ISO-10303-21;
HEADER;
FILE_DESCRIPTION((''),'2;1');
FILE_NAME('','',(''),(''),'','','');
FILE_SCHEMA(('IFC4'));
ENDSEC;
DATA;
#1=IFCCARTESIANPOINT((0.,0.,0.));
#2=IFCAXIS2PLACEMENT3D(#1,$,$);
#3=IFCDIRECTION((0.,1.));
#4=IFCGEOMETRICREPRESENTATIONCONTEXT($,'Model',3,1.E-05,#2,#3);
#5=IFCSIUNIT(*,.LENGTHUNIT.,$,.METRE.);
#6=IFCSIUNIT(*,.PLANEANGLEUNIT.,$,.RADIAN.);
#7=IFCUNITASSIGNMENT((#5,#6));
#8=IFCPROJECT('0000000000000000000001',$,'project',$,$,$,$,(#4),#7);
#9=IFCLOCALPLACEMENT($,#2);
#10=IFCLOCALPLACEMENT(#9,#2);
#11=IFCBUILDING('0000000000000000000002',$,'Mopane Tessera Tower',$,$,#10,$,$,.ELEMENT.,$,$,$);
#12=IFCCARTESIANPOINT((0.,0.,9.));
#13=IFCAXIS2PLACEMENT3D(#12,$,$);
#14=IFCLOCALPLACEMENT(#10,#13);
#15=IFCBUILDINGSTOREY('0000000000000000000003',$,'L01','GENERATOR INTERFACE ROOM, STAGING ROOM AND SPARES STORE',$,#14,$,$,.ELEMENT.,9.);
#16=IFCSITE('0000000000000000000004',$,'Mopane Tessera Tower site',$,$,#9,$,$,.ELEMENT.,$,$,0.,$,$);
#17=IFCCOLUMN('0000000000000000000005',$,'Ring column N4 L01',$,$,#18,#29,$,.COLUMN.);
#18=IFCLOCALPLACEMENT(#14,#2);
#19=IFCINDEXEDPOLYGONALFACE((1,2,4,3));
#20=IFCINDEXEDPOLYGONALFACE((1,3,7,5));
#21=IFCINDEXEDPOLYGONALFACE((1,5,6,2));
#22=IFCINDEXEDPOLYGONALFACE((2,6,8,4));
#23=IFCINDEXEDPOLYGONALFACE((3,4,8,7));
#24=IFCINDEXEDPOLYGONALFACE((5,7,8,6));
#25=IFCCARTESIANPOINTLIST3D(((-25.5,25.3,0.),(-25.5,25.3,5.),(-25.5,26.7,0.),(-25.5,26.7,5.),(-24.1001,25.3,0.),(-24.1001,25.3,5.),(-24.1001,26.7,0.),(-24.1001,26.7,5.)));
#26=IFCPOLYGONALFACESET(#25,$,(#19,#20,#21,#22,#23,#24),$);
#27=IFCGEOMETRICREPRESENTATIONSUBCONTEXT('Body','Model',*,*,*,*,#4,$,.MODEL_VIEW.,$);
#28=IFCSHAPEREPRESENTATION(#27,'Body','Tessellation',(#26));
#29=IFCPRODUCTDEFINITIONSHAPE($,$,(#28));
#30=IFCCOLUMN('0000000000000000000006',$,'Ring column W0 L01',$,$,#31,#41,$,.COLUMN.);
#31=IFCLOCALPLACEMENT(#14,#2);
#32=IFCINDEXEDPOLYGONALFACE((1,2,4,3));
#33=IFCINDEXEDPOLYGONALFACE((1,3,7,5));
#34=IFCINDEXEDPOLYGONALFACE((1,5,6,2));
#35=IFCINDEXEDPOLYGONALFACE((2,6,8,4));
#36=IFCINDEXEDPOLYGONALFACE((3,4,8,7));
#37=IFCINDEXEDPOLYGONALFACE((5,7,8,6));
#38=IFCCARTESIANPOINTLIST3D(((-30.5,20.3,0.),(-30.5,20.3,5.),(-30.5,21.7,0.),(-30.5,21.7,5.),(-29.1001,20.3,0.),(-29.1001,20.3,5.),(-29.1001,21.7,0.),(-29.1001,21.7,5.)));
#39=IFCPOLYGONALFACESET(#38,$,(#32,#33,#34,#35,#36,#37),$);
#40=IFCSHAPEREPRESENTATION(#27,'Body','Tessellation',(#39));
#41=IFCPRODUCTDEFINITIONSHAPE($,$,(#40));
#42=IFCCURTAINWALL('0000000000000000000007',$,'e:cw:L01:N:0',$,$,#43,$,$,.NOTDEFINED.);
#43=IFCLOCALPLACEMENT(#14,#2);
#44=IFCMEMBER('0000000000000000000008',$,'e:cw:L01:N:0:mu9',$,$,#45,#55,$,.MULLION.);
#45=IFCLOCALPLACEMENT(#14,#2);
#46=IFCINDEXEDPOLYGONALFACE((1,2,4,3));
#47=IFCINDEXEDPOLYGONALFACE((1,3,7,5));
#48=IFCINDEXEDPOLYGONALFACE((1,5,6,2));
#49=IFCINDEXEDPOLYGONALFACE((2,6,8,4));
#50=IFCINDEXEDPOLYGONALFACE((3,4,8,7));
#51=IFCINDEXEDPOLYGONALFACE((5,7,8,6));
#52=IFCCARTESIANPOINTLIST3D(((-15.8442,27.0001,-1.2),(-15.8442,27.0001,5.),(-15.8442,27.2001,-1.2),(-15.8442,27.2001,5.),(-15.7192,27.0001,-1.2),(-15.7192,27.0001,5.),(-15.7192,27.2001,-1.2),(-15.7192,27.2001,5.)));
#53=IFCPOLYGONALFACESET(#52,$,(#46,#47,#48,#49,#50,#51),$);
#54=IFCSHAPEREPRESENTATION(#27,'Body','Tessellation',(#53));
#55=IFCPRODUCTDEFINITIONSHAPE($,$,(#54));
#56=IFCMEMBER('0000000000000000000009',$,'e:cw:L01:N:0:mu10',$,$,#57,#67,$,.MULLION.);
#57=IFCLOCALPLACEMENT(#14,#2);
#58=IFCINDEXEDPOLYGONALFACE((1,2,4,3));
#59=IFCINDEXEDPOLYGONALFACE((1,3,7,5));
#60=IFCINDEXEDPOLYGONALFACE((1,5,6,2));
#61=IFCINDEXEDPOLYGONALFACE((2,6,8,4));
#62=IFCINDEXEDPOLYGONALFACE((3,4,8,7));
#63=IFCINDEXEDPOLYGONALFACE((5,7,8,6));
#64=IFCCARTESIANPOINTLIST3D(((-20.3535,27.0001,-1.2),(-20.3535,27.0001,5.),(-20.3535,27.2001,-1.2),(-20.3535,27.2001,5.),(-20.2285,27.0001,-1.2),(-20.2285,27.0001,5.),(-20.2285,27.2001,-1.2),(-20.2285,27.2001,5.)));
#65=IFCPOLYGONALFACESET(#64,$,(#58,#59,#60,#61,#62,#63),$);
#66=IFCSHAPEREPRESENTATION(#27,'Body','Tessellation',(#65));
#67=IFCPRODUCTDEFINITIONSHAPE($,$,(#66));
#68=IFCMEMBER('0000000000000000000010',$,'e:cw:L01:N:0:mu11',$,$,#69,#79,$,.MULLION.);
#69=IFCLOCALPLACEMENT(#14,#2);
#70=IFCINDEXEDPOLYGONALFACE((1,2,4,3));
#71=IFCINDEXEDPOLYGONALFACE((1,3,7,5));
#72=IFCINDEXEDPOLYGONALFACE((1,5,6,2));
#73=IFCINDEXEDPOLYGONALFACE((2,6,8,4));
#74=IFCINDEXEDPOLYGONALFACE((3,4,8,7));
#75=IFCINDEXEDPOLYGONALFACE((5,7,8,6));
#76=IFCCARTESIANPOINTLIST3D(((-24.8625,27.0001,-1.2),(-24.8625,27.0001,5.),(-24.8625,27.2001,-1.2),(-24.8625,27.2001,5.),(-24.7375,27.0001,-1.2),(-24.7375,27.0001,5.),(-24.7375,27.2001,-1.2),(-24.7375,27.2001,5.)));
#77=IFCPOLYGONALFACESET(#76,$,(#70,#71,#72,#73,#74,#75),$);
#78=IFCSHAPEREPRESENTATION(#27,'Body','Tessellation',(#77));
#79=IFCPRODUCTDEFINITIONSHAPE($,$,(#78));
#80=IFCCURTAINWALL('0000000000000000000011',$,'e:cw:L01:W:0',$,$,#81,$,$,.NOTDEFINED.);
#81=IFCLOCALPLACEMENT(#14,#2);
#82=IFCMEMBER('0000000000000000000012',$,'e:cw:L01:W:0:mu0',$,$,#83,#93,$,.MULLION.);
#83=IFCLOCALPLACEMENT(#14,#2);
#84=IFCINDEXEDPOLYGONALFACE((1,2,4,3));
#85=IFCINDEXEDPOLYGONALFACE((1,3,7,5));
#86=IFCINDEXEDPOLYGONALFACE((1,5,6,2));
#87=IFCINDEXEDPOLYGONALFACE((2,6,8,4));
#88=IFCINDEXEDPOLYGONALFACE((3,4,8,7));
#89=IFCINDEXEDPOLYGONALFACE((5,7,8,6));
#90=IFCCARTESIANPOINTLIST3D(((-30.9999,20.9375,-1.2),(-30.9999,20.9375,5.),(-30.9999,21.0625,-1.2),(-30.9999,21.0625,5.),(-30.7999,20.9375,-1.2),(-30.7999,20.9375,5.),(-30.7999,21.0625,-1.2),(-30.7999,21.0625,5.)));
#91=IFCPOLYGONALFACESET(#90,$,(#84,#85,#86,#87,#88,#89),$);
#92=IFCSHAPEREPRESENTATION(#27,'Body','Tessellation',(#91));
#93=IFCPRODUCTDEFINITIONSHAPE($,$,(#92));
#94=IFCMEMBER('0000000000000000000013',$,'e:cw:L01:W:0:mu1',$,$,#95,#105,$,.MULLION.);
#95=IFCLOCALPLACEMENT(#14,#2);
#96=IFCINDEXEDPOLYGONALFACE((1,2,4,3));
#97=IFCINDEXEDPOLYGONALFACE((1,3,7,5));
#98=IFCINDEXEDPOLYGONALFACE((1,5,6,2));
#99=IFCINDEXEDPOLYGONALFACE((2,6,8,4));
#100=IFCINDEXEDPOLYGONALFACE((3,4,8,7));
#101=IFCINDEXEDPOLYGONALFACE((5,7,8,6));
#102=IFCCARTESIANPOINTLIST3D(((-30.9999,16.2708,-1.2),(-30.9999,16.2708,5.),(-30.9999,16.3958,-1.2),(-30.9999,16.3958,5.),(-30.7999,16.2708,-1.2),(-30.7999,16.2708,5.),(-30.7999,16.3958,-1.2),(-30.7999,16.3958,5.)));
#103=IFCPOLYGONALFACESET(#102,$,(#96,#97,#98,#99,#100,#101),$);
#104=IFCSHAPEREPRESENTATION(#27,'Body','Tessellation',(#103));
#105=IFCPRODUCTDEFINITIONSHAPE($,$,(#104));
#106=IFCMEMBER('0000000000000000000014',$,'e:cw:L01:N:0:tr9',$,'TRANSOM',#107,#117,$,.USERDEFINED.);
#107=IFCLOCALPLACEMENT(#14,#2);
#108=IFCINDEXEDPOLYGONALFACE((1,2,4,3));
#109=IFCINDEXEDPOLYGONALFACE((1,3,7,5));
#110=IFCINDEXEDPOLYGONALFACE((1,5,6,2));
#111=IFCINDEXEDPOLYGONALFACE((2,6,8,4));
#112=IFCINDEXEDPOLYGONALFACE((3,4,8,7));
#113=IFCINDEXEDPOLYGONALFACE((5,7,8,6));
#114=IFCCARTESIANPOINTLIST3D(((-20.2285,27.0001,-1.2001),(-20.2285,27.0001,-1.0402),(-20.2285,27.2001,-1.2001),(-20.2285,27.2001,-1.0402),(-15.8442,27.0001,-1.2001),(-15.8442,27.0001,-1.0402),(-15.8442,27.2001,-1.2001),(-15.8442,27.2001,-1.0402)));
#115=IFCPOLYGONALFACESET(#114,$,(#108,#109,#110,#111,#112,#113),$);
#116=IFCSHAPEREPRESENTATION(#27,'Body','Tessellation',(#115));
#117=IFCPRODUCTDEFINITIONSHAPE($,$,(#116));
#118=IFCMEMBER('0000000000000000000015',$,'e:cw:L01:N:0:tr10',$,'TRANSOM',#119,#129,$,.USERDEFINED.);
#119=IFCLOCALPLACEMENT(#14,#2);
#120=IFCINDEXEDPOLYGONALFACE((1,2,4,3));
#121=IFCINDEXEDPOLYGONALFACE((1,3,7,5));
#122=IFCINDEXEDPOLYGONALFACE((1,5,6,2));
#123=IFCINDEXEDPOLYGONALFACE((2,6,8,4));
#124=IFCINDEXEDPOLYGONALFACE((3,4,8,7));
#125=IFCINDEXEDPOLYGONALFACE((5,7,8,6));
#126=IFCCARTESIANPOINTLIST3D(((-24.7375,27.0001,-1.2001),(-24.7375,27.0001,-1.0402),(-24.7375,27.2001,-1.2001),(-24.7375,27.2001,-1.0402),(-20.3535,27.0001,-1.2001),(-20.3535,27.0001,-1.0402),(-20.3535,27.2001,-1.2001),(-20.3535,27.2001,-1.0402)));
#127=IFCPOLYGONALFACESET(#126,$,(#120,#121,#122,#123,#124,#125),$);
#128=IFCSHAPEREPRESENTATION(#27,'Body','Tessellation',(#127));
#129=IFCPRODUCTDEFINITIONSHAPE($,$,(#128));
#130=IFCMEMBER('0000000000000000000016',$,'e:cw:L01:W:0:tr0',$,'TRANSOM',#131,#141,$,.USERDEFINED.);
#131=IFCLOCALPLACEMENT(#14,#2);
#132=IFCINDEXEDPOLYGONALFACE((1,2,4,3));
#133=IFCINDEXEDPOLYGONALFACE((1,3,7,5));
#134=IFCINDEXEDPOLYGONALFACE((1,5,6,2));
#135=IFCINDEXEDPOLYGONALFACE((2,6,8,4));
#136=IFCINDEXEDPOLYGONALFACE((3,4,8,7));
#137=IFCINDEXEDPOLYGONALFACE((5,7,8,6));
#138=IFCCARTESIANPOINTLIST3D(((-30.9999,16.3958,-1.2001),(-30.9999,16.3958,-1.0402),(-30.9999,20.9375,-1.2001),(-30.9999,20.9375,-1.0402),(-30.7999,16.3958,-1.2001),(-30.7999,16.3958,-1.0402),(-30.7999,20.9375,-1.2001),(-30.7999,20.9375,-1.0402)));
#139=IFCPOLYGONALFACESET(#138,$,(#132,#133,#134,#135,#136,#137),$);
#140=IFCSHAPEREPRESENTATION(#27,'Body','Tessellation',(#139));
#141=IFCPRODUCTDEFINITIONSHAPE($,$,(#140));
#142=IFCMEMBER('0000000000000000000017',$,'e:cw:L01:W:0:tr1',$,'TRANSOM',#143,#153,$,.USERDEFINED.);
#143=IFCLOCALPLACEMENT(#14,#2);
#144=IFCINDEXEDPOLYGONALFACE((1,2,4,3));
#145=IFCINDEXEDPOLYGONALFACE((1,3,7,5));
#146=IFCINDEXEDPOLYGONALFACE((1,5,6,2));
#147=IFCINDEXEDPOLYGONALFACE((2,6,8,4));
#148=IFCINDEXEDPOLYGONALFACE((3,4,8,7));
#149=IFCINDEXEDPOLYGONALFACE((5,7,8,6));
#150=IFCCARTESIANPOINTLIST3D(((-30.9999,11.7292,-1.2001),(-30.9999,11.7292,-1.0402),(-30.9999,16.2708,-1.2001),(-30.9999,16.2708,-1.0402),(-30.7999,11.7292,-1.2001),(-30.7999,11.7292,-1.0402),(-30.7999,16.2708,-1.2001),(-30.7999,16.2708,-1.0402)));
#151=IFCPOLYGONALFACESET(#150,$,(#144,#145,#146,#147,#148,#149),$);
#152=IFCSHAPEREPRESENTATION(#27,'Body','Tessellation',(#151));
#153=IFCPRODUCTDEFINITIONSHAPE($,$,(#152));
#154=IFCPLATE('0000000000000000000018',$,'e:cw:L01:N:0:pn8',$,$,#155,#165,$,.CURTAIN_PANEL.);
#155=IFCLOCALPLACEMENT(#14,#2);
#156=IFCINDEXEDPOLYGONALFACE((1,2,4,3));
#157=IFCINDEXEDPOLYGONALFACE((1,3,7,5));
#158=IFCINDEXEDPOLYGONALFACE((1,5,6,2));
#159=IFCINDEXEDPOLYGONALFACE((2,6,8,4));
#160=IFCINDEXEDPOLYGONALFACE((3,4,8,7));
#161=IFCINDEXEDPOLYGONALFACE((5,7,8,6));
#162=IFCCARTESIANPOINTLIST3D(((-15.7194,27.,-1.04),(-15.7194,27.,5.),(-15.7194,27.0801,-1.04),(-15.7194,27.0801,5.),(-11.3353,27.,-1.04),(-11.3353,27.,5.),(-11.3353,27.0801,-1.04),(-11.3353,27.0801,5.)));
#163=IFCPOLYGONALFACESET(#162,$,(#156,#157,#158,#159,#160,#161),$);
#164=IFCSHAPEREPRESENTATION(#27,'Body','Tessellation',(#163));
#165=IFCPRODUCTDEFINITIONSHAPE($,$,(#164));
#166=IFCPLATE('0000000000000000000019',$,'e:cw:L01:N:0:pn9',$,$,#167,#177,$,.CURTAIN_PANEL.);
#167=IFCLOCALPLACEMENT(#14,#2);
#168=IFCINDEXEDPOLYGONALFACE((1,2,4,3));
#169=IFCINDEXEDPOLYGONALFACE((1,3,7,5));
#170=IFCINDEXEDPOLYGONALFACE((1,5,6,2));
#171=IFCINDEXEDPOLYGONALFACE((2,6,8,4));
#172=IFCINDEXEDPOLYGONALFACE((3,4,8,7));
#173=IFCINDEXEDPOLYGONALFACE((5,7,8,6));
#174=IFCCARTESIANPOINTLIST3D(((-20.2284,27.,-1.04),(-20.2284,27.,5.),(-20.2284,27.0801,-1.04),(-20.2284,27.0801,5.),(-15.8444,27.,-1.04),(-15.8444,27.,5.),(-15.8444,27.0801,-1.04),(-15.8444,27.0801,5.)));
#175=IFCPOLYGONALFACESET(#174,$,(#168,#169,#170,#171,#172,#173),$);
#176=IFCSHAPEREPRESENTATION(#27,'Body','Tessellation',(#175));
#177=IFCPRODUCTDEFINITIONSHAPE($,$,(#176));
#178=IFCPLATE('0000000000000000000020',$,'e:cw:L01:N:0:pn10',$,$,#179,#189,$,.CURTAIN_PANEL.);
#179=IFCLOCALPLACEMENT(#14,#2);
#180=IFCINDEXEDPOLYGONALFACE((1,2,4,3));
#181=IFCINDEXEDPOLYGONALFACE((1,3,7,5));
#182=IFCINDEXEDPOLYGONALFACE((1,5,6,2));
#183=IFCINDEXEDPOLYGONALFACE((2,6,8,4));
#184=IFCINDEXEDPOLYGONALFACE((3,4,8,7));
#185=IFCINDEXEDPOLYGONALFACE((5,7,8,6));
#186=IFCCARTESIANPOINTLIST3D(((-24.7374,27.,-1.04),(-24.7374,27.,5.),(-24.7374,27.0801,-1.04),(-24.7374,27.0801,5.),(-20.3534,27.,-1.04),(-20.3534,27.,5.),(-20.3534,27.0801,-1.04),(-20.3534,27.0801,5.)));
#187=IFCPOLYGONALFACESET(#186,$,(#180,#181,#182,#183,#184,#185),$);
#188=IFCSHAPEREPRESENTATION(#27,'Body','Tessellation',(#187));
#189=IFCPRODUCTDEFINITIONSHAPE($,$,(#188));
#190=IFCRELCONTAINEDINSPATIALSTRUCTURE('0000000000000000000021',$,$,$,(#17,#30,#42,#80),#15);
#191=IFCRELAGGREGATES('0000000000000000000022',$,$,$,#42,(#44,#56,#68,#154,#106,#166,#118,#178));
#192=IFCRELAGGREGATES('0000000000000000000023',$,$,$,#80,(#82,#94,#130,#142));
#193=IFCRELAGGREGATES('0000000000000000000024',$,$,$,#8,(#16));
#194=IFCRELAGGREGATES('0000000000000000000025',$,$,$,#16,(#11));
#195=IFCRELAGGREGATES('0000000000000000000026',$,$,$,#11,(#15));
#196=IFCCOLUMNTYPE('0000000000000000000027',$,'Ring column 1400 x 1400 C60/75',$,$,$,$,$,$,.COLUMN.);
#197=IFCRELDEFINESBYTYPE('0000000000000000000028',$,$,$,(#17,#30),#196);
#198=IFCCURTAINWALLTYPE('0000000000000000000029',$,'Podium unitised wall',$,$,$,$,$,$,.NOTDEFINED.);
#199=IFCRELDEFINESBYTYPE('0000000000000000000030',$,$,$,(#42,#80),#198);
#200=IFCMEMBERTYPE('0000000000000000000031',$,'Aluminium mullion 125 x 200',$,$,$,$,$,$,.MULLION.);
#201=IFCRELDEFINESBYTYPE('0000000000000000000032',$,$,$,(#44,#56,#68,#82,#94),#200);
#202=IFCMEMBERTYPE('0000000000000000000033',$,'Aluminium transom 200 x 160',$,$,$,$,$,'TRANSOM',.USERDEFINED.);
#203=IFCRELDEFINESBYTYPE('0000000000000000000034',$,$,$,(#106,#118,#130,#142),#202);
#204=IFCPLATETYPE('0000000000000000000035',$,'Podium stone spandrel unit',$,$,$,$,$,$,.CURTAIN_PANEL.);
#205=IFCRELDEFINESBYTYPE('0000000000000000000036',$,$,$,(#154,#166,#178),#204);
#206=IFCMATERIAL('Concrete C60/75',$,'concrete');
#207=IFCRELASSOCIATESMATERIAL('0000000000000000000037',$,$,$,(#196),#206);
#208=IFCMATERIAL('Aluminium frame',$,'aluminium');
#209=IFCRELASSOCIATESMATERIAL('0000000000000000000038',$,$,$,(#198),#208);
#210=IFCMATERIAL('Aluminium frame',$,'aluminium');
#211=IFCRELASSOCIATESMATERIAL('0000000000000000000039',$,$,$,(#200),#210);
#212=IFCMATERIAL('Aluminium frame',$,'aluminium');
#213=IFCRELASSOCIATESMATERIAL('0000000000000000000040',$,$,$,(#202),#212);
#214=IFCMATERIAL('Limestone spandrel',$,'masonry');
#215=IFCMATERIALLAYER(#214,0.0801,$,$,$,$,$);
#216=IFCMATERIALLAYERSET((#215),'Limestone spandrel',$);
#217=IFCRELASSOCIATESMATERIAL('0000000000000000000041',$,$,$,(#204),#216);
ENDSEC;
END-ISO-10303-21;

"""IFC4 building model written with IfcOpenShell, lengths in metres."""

from ifc_helpers import new_model, si_unit, direction, frame, origin, origin_2d, place, context, subcontext, project, spatial, rectangle, extrude, material, layer, layer_set, material_profile, profile_set, type_object, element, aggregate, save


model = new_model("IFC4")

# Units and contexts
model_context = context("Model", 3, precision=1e-05, world=origin(), true_north=direction((0.0, 1.0)))
body_context = subcontext(model_context, "Body", "Model", "MODEL_VIEW")
ifc_project = project(units=[si_unit("LENGTHUNIT", "METRE"), si_unit("PLANEANGLEUNIT", "RADIAN")], contexts=[model_context])

# Site, building, storey
site_placement = place(None, origin())
site = spatial("IfcSite", under=ifc_project, at=site_placement, Name="Mopane Tessera Tower site", CompositionType="ELEMENT", RefElevation=0.0)
building_placement = place(site_placement, origin())
building = spatial("IfcBuilding", under=site, at=building_placement, Name="Mopane Tessera Tower", CompositionType="ELEMENT")
storey_placement = place(building_placement, frame((0.0, 0.0, 9.0)))
storey = spatial("IfcBuildingStorey", under=building, at=storey_placement, Name="L01", Description="GENERATOR INTERFACE ROOM, STAGING ROOM AND SPARES STORE", CompositionType="ELEMENT", Elevation=9.0)

# Columns
ifc_material_1 = material(Name="Concrete C60/75", Category="concrete")
ifc_material_profile_1 = material_profile(ifc_material_1, rectangle(XDim=1.3999, YDim=1.3999, at=origin_2d()))
ifc_profile_set_1 = profile_set([ifc_material_profile_1], Name="Concrete C60/75")
column_type = type_object("IfcColumnType", Name="Ring column 1400 x 1400 C60/75", PredefinedType="COLUMN", material=ifc_profile_set_1)
for number, where, z_axis, x_axis, name in (
    (1, (-24.8, 26.0, 0.0), (0.0, 0.0, 1.0), (1.0, 0.0, 0.0), "Ring column N4 L01"),
    (2, (-29.8, 21.0, 0.0), (0.0, 0.0, 1.0), (1.0, 0.0, 0.0), "Ring column W0 L01"),
):
    element("IfcColumn", number, at=place(storey_placement, frame(where, z_axis=z_axis, x_axis=x_axis)), inside=storey, type_object=column_type, Name=name, PredefinedType="COLUMN", context=body_context, shape_type="SweptSolid", body=[
        extrude(rectangle(XDim=1.3999, YDim=1.3999, at=origin_2d()), origin(), (0.0, 0.0, 1.0), 5.0),
    ])

# Curtain walls, members
ifc_material_2 = material(Name="Aluminium frame", Category="aluminium")
curtain_wall_type = type_object("IfcCurtainWallType", Name="Podium unitised wall", PredefinedType="NOTDEFINED", material=ifc_material_2)
curtain_wall_1_placement = place(storey_placement, origin())
curtain_wall_1 = element("IfcCurtainWall", 3, at=curtain_wall_1_placement, inside=storey, type_object=curtain_wall_type, Name="e:cw:L01:N:0", PredefinedType="NOTDEFINED")
ifc_material_3 = material(Name="Aluminium frame", Category="aluminium")
ifc_material_profile_2 = material_profile(ifc_material_3, rectangle(XDim=0.125, YDim=0.2, at=origin_2d()))
ifc_profile_set_2 = profile_set([ifc_material_profile_2], Name="Aluminium frame")
member_type_1 = type_object("IfcMemberType", Name="Aluminium mullion 125 x 200", PredefinedType="MULLION", material=ifc_profile_set_2)
member_1_placement = place(storey_placement, frame((-15.7817, 27.1001, -1.2), z_axis=(0.0, 0.0, 1.0), x_axis=(-1.0, 0.0, 0.0)))
member_1 = element("IfcMember", 4, at=member_1_placement, type_object=member_type_1, Name="e:cw:L01:N:0:mu9", PredefinedType="MULLION", context=body_context, shape_type="SweptSolid", body=[
    extrude(rectangle(XDim=0.125, YDim=0.2, at=origin_2d()), origin(), (0.0, 0.0, 1.0), 6.2),
])
member_2_placement = place(storey_placement, frame((-20.291, 27.1001, -1.2), z_axis=(0.0, 0.0, 1.0), x_axis=(-1.0, 0.0, 0.0)))
member_2 = element("IfcMember", 5, at=member_2_placement, type_object=member_type_1, Name="e:cw:L01:N:0:mu10", PredefinedType="MULLION", context=body_context, shape_type="SweptSolid", body=[
    extrude(rectangle(XDim=0.125, YDim=0.2, at=origin_2d()), origin(), (0.0, 0.0, 1.0), 6.2),
])
member_3_placement = place(storey_placement, frame((-24.8, 27.1001, -1.2), z_axis=(0.0, 0.0, 1.0), x_axis=(-1.0, 0.0, 0.0)))
member_3 = element("IfcMember", 6, at=member_3_placement, type_object=member_type_1, Name="e:cw:L01:N:0:mu11", PredefinedType="MULLION", context=body_context, shape_type="SweptSolid", body=[
    extrude(rectangle(XDim=0.125, YDim=0.2, at=origin_2d()), origin(), (0.0, 0.0, 1.0), 6.2),
])
curtain_wall_2_placement = place(storey_placement, origin())
curtain_wall_2 = element("IfcCurtainWall", 7, at=curtain_wall_2_placement, inside=storey, type_object=curtain_wall_type, Name="e:cw:L01:W:0", PredefinedType="NOTDEFINED")
member_4_placement = place(storey_placement, frame((-30.8999, 21.0, -1.2), z_axis=(0.0, 0.0, 1.0), x_axis=(0.0, -1.0, 0.0)))
member_4 = element("IfcMember", 8, at=member_4_placement, type_object=member_type_1, Name="e:cw:L01:W:0:mu0", PredefinedType="MULLION", context=body_context, shape_type="SweptSolid", body=[
    extrude(rectangle(XDim=0.125, YDim=0.2, at=origin_2d()), origin(), (0.0, 0.0, 1.0), 6.2),
])
member_5_placement = place(storey_placement, frame((-30.8999, 16.3333, -1.2), z_axis=(0.0, 0.0, 1.0), x_axis=(0.0, -1.0, 0.0)))
member_5 = element("IfcMember", 9, at=member_5_placement, type_object=member_type_1, Name="e:cw:L01:W:0:mu1", PredefinedType="MULLION", context=body_context, shape_type="SweptSolid", body=[
    extrude(rectangle(XDim=0.125, YDim=0.2, at=origin_2d()), origin(), (0.0, 0.0, 1.0), 6.2),
])

# Members
ifc_material_4 = material(Name="Aluminium frame", Category="aluminium")
ifc_material_profile_3 = material_profile(ifc_material_4, rectangle(XDim=0.2, YDim=0.1599, at=origin_2d()))
ifc_profile_set_3 = profile_set([ifc_material_profile_3], Name="Aluminium frame")
member_type_2 = type_object("IfcMemberType", Name="Aluminium transom 200 x 160", ElementType="TRANSOM", PredefinedType="USERDEFINED", material=ifc_profile_set_3)
member_6_placement = place(storey_placement, frame((-15.8442, 27.1001, -1.1201), z_axis=(-1.0, 0.0, 0.0), x_axis=(0.0, -1.0, 0.0)))
member_6 = element("IfcMember", 10, at=member_6_placement, type_object=member_type_2, Name="e:cw:L01:N:0:tr9", ObjectType="TRANSOM", PredefinedType="USERDEFINED", context=body_context, shape_type="SweptSolid", body=[
    extrude(rectangle(XDim=0.2, YDim=0.1599, at=origin_2d()), origin(), (0.0, 0.0, 1.0), 4.3843),
])
member_7_placement = place(storey_placement, frame((-20.3535, 27.1001, -1.1201), z_axis=(-1.0, 0.0, 0.0), x_axis=(0.0, -1.0, 0.0)))
member_7 = element("IfcMember", 11, at=member_7_placement, type_object=member_type_2, Name="e:cw:L01:N:0:tr10", ObjectType="TRANSOM", PredefinedType="USERDEFINED", context=body_context, shape_type="SweptSolid", body=[
    extrude(rectangle(XDim=0.2, YDim=0.1599, at=origin_2d()), origin(), (0.0, 0.0, 1.0), 4.384),
])
member_8_placement = place(storey_placement, frame((-30.8999, 20.9375, -1.1201), z_axis=(0.0, -1.0, 0.0), x_axis=(1.0, 0.0, 0.0)))
member_8 = element("IfcMember", 12, at=member_8_placement, type_object=member_type_2, Name="e:cw:L01:W:0:tr0", ObjectType="TRANSOM", PredefinedType="USERDEFINED", context=body_context, shape_type="SweptSolid", body=[
    extrude(rectangle(XDim=0.2, YDim=0.1599, at=origin_2d()), origin(), (0.0, 0.0, 1.0), 4.5417),
])
member_9_placement = place(storey_placement, frame((-30.8999, 16.2708, -1.1201), z_axis=(0.0, -1.0, 0.0), x_axis=(1.0, 0.0, 0.0)))
member_9 = element("IfcMember", 13, at=member_9_placement, type_object=member_type_2, Name="e:cw:L01:W:0:tr1", ObjectType="TRANSOM", PredefinedType="USERDEFINED", context=body_context, shape_type="SweptSolid", body=[
    extrude(rectangle(XDim=0.2, YDim=0.1599, at=origin_2d()), origin(), (0.0, 0.0, 1.0), 4.5415),
])

# Plates
ifc_material_5 = material(Name="Limestone spandrel", Category="masonry")
ifc_layer_1 = layer(ifc_material_5, 0.0801)
ifc_layer_set_1 = layer_set([ifc_layer_1], Name="Limestone spandrel")
plate_type = type_object("IfcPlateType", Name="Podium stone spandrel unit", PredefinedType="CURTAIN_PANEL", material=ifc_layer_set_1)
plate_1_placement = place(storey_placement, frame((-13.5273, 27.04, -1.04), z_axis=(0.0, 0.0, 1.0), x_axis=(-1.0, 0.0, 0.0)))
plate_1 = element("IfcPlate", 14, at=plate_1_placement, type_object=plate_type, Name="e:cw:L01:N:0:pn8", PredefinedType="CURTAIN_PANEL", context=body_context, shape_type="SweptSolid", body=[
    extrude(rectangle(XDim=4.384, YDim=0.0801, at=origin_2d()), origin(), (0.0, 0.0, 1.0), 6.04),
])
plate_2_placement = place(storey_placement, frame((-18.0364, 27.04, -1.04), z_axis=(0.0, 0.0, 1.0), x_axis=(-1.0, 0.0, 0.0)))
plate_2 = element("IfcPlate", 15, at=plate_2_placement, type_object=plate_type, Name="e:cw:L01:N:0:pn9", PredefinedType="CURTAIN_PANEL", context=body_context, shape_type="SweptSolid", body=[
    extrude(rectangle(XDim=4.384, YDim=0.0801, at=origin_2d()), origin(), (0.0, 0.0, 1.0), 6.04),
])
plate_3_placement = place(storey_placement, frame((-22.5454, 27.04, -1.04), z_axis=(0.0, 0.0, 1.0), x_axis=(-1.0, 0.0, 0.0)))
plate_3 = element("IfcPlate", 16, at=plate_3_placement, type_object=plate_type, Name="e:cw:L01:N:0:pn10", PredefinedType="CURTAIN_PANEL", context=body_context, shape_type="SweptSolid", body=[
    extrude(rectangle(XDim=4.384, YDim=0.0801, at=origin_2d()), origin(), (0.0, 0.0, 1.0), 6.04),
])
aggregate(curtain_wall_1, [member_1, member_2, member_3, plate_1, member_6, plate_2, member_7, plate_3])
aggregate(curtain_wall_2, [member_4, member_5, member_8, member_9])

save(model, "model.ifc")
